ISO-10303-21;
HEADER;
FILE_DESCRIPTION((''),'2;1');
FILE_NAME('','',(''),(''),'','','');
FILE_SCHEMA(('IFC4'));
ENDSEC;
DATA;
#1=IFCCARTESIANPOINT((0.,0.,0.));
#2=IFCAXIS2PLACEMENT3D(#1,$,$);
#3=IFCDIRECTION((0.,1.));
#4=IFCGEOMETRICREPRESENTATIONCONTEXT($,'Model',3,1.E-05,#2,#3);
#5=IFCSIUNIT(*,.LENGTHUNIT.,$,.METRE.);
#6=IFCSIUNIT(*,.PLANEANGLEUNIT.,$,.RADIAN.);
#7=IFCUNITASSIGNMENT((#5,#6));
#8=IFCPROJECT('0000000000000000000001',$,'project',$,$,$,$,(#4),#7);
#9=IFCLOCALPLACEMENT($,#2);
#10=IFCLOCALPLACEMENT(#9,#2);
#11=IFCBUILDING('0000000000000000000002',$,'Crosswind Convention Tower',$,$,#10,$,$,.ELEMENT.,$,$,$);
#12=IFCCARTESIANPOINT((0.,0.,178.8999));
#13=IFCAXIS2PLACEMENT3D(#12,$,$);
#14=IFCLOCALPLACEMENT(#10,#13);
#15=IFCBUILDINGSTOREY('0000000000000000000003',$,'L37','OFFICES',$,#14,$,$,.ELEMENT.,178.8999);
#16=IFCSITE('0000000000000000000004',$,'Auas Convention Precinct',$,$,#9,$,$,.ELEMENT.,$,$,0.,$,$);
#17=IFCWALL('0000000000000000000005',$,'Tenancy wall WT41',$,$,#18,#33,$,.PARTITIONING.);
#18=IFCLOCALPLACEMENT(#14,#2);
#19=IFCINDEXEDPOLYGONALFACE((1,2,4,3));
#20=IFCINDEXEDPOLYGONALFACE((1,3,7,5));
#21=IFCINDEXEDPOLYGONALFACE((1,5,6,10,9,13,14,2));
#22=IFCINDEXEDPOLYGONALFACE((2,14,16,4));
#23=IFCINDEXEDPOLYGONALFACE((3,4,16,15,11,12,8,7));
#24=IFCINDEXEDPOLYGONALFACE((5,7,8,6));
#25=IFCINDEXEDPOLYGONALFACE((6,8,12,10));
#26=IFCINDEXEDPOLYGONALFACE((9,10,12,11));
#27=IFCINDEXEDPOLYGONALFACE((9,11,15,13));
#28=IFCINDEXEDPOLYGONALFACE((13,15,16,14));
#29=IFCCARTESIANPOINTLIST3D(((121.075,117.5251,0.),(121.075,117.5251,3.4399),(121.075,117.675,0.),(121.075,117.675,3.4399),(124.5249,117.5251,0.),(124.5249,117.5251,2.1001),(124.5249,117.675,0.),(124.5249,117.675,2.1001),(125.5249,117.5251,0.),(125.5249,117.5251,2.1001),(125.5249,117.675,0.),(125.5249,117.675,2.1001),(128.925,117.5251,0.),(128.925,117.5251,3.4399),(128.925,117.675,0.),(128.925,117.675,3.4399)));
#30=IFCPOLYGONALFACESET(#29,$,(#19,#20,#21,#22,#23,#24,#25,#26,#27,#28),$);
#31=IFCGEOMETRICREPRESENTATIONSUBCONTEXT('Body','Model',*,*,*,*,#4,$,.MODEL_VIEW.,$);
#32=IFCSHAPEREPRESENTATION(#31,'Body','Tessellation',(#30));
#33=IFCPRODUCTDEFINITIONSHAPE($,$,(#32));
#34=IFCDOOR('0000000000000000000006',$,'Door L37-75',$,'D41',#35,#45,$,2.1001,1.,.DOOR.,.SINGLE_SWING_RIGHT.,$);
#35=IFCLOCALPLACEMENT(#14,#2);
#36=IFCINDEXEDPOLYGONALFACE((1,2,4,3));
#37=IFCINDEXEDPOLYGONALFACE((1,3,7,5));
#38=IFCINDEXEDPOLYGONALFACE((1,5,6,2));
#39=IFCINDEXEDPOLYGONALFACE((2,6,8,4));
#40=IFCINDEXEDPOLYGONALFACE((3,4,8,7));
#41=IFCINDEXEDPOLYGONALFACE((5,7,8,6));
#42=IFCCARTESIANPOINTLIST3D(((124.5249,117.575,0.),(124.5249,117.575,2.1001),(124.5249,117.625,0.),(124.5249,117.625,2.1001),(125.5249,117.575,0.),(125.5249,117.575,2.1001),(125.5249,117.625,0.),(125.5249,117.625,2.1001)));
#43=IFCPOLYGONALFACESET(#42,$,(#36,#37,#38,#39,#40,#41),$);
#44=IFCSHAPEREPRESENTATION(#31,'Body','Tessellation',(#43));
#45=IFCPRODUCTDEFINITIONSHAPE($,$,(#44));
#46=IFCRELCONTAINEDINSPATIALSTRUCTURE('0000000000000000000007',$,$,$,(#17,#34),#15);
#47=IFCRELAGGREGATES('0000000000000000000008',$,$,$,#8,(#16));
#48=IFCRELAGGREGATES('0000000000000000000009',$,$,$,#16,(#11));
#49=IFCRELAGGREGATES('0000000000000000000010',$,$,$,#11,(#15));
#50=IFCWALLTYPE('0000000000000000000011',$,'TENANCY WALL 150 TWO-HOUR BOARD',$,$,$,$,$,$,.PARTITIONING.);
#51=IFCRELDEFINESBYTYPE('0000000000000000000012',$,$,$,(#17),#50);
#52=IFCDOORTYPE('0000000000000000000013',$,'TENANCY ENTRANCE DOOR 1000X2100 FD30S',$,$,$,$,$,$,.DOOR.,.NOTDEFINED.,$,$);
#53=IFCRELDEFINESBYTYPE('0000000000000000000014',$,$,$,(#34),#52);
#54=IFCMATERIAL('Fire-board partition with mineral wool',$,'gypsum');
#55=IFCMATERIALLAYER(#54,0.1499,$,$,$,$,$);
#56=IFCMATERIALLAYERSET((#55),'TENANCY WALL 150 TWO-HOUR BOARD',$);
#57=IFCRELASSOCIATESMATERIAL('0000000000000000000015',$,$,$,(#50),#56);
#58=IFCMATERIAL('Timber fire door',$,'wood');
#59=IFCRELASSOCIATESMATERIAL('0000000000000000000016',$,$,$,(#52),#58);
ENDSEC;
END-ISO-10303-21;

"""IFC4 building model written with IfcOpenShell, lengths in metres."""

from ifc_helpers import new_model, si_unit, direction, frame, frame_2d, origin, place, context, subcontext, project, spatial, rectangle, extrude, material, layer, layer_set, type_object, element, fill, save


model = new_model("IFC4")

# Units and contexts
model_context = context("Model", 3, precision=1e-05, world=origin(), true_north=direction((0.0, 1.0)))
body_context = subcontext(model_context, "Body", "Model", "MODEL_VIEW")
ifc_project = project(units=[si_unit("LENGTHUNIT", "METRE"), si_unit("PLANEANGLEUNIT", "RADIAN")], contexts=[model_context])

# Site, building, storey
site_placement = place(None, origin())
site = spatial("IfcSite", under=ifc_project, at=site_placement, Name="Auas Convention Precinct", CompositionType="ELEMENT", RefElevation=0.0)
building_placement = place(site_placement, origin())
building = spatial("IfcBuilding", under=site, at=building_placement, Name="Crosswind Convention Tower", CompositionType="ELEMENT")
storey_placement = place(building_placement, frame((0.0, 0.0, 178.8999)))
storey = spatial("IfcBuildingStorey", under=building, at=storey_placement, Name="L37", Description="OFFICES", CompositionType="ELEMENT", Elevation=178.8999)

# Wall, opening, door
ifc_material_1 = material(Name="Fire-board partition with mineral wool", Category="gypsum")
ifc_layer_1 = layer(ifc_material_1, 0.1499)
ifc_layer_set_1 = layer_set([ifc_layer_1], Name="TENANCY WALL 150 TWO-HOUR BOARD")
wall_type_1 = type_object("IfcWallType", Name="TENANCY WALL 150 TWO-HOUR BOARD", PredefinedType="PARTITIONING", material=ifc_layer_set_1)
wall_1_placement = place(storey_placement, frame((121.075, 117.6001, 0.0), z_axis=(0.0, 0.0, 1.0), x_axis=(1.0, 0.0, 0.0)))
wall_1 = element("IfcWall", 1, at=wall_1_placement, inside=storey, type_object=wall_type_1, Name="Tenancy wall WT41", PredefinedType="PARTITIONING", context=body_context, shape_type="SweptSolid", body=[
    extrude(rectangle(XDim=7.8501, YDim=0.1499, at=frame_2d((3.925, 0.0))), origin(), (0.0, 0.0, 1.0), 3.4399),
])
opening_placement = place(wall_1_placement, frame((3.45, 0.0, 0.0)))
opening = element("IfcOpeningElement", 2, at=opening_placement, cuts=wall_1, PredefinedType="OPENING", context=body_context, shape_type="SweptSolid", body=[
    extrude(rectangle(XDim=1.0, YDim=2.1001, at=frame_2d((0.5, 1.05))), frame((0.0, 0.085, 0.0), z_axis=(0.0, -1.0, 0.0), x_axis=(1.0, 0.0, 0.0)), (0.0, 0.0, 1.0), 0.1699),
])
ifc_material_2 = material(Name="Timber fire door", Category="wood")
door_type = type_object("IfcDoorType", Name="TENANCY ENTRANCE DOOR 1000X2100 FD30S", OperationType="NOTDEFINED", PredefinedType="DOOR", material=ifc_material_2)
door_placement = place(opening_placement, origin())
door = element("IfcDoor", 3, at=door_placement, inside=storey, type_object=door_type, Name="Door L37-75", ObjectType="D41", OperationType="SINGLE_SWING_RIGHT", OverallHeight=2.1001, OverallWidth=1.0, PredefinedType="DOOR", context=body_context, shape_type="SweptSolid", body=[
    extrude(rectangle(XDim=1.0, YDim=2.1001, at=frame_2d((0.5, 1.05))), frame((0.0, 0.0249, 0.0), z_axis=(0.0, -1.0, 0.0), x_axis=(1.0, 0.0, 0.0)), (0.0, 0.0, 1.0), 0.05),
])
fill(opening, door)

save(model, "model.ifc")
